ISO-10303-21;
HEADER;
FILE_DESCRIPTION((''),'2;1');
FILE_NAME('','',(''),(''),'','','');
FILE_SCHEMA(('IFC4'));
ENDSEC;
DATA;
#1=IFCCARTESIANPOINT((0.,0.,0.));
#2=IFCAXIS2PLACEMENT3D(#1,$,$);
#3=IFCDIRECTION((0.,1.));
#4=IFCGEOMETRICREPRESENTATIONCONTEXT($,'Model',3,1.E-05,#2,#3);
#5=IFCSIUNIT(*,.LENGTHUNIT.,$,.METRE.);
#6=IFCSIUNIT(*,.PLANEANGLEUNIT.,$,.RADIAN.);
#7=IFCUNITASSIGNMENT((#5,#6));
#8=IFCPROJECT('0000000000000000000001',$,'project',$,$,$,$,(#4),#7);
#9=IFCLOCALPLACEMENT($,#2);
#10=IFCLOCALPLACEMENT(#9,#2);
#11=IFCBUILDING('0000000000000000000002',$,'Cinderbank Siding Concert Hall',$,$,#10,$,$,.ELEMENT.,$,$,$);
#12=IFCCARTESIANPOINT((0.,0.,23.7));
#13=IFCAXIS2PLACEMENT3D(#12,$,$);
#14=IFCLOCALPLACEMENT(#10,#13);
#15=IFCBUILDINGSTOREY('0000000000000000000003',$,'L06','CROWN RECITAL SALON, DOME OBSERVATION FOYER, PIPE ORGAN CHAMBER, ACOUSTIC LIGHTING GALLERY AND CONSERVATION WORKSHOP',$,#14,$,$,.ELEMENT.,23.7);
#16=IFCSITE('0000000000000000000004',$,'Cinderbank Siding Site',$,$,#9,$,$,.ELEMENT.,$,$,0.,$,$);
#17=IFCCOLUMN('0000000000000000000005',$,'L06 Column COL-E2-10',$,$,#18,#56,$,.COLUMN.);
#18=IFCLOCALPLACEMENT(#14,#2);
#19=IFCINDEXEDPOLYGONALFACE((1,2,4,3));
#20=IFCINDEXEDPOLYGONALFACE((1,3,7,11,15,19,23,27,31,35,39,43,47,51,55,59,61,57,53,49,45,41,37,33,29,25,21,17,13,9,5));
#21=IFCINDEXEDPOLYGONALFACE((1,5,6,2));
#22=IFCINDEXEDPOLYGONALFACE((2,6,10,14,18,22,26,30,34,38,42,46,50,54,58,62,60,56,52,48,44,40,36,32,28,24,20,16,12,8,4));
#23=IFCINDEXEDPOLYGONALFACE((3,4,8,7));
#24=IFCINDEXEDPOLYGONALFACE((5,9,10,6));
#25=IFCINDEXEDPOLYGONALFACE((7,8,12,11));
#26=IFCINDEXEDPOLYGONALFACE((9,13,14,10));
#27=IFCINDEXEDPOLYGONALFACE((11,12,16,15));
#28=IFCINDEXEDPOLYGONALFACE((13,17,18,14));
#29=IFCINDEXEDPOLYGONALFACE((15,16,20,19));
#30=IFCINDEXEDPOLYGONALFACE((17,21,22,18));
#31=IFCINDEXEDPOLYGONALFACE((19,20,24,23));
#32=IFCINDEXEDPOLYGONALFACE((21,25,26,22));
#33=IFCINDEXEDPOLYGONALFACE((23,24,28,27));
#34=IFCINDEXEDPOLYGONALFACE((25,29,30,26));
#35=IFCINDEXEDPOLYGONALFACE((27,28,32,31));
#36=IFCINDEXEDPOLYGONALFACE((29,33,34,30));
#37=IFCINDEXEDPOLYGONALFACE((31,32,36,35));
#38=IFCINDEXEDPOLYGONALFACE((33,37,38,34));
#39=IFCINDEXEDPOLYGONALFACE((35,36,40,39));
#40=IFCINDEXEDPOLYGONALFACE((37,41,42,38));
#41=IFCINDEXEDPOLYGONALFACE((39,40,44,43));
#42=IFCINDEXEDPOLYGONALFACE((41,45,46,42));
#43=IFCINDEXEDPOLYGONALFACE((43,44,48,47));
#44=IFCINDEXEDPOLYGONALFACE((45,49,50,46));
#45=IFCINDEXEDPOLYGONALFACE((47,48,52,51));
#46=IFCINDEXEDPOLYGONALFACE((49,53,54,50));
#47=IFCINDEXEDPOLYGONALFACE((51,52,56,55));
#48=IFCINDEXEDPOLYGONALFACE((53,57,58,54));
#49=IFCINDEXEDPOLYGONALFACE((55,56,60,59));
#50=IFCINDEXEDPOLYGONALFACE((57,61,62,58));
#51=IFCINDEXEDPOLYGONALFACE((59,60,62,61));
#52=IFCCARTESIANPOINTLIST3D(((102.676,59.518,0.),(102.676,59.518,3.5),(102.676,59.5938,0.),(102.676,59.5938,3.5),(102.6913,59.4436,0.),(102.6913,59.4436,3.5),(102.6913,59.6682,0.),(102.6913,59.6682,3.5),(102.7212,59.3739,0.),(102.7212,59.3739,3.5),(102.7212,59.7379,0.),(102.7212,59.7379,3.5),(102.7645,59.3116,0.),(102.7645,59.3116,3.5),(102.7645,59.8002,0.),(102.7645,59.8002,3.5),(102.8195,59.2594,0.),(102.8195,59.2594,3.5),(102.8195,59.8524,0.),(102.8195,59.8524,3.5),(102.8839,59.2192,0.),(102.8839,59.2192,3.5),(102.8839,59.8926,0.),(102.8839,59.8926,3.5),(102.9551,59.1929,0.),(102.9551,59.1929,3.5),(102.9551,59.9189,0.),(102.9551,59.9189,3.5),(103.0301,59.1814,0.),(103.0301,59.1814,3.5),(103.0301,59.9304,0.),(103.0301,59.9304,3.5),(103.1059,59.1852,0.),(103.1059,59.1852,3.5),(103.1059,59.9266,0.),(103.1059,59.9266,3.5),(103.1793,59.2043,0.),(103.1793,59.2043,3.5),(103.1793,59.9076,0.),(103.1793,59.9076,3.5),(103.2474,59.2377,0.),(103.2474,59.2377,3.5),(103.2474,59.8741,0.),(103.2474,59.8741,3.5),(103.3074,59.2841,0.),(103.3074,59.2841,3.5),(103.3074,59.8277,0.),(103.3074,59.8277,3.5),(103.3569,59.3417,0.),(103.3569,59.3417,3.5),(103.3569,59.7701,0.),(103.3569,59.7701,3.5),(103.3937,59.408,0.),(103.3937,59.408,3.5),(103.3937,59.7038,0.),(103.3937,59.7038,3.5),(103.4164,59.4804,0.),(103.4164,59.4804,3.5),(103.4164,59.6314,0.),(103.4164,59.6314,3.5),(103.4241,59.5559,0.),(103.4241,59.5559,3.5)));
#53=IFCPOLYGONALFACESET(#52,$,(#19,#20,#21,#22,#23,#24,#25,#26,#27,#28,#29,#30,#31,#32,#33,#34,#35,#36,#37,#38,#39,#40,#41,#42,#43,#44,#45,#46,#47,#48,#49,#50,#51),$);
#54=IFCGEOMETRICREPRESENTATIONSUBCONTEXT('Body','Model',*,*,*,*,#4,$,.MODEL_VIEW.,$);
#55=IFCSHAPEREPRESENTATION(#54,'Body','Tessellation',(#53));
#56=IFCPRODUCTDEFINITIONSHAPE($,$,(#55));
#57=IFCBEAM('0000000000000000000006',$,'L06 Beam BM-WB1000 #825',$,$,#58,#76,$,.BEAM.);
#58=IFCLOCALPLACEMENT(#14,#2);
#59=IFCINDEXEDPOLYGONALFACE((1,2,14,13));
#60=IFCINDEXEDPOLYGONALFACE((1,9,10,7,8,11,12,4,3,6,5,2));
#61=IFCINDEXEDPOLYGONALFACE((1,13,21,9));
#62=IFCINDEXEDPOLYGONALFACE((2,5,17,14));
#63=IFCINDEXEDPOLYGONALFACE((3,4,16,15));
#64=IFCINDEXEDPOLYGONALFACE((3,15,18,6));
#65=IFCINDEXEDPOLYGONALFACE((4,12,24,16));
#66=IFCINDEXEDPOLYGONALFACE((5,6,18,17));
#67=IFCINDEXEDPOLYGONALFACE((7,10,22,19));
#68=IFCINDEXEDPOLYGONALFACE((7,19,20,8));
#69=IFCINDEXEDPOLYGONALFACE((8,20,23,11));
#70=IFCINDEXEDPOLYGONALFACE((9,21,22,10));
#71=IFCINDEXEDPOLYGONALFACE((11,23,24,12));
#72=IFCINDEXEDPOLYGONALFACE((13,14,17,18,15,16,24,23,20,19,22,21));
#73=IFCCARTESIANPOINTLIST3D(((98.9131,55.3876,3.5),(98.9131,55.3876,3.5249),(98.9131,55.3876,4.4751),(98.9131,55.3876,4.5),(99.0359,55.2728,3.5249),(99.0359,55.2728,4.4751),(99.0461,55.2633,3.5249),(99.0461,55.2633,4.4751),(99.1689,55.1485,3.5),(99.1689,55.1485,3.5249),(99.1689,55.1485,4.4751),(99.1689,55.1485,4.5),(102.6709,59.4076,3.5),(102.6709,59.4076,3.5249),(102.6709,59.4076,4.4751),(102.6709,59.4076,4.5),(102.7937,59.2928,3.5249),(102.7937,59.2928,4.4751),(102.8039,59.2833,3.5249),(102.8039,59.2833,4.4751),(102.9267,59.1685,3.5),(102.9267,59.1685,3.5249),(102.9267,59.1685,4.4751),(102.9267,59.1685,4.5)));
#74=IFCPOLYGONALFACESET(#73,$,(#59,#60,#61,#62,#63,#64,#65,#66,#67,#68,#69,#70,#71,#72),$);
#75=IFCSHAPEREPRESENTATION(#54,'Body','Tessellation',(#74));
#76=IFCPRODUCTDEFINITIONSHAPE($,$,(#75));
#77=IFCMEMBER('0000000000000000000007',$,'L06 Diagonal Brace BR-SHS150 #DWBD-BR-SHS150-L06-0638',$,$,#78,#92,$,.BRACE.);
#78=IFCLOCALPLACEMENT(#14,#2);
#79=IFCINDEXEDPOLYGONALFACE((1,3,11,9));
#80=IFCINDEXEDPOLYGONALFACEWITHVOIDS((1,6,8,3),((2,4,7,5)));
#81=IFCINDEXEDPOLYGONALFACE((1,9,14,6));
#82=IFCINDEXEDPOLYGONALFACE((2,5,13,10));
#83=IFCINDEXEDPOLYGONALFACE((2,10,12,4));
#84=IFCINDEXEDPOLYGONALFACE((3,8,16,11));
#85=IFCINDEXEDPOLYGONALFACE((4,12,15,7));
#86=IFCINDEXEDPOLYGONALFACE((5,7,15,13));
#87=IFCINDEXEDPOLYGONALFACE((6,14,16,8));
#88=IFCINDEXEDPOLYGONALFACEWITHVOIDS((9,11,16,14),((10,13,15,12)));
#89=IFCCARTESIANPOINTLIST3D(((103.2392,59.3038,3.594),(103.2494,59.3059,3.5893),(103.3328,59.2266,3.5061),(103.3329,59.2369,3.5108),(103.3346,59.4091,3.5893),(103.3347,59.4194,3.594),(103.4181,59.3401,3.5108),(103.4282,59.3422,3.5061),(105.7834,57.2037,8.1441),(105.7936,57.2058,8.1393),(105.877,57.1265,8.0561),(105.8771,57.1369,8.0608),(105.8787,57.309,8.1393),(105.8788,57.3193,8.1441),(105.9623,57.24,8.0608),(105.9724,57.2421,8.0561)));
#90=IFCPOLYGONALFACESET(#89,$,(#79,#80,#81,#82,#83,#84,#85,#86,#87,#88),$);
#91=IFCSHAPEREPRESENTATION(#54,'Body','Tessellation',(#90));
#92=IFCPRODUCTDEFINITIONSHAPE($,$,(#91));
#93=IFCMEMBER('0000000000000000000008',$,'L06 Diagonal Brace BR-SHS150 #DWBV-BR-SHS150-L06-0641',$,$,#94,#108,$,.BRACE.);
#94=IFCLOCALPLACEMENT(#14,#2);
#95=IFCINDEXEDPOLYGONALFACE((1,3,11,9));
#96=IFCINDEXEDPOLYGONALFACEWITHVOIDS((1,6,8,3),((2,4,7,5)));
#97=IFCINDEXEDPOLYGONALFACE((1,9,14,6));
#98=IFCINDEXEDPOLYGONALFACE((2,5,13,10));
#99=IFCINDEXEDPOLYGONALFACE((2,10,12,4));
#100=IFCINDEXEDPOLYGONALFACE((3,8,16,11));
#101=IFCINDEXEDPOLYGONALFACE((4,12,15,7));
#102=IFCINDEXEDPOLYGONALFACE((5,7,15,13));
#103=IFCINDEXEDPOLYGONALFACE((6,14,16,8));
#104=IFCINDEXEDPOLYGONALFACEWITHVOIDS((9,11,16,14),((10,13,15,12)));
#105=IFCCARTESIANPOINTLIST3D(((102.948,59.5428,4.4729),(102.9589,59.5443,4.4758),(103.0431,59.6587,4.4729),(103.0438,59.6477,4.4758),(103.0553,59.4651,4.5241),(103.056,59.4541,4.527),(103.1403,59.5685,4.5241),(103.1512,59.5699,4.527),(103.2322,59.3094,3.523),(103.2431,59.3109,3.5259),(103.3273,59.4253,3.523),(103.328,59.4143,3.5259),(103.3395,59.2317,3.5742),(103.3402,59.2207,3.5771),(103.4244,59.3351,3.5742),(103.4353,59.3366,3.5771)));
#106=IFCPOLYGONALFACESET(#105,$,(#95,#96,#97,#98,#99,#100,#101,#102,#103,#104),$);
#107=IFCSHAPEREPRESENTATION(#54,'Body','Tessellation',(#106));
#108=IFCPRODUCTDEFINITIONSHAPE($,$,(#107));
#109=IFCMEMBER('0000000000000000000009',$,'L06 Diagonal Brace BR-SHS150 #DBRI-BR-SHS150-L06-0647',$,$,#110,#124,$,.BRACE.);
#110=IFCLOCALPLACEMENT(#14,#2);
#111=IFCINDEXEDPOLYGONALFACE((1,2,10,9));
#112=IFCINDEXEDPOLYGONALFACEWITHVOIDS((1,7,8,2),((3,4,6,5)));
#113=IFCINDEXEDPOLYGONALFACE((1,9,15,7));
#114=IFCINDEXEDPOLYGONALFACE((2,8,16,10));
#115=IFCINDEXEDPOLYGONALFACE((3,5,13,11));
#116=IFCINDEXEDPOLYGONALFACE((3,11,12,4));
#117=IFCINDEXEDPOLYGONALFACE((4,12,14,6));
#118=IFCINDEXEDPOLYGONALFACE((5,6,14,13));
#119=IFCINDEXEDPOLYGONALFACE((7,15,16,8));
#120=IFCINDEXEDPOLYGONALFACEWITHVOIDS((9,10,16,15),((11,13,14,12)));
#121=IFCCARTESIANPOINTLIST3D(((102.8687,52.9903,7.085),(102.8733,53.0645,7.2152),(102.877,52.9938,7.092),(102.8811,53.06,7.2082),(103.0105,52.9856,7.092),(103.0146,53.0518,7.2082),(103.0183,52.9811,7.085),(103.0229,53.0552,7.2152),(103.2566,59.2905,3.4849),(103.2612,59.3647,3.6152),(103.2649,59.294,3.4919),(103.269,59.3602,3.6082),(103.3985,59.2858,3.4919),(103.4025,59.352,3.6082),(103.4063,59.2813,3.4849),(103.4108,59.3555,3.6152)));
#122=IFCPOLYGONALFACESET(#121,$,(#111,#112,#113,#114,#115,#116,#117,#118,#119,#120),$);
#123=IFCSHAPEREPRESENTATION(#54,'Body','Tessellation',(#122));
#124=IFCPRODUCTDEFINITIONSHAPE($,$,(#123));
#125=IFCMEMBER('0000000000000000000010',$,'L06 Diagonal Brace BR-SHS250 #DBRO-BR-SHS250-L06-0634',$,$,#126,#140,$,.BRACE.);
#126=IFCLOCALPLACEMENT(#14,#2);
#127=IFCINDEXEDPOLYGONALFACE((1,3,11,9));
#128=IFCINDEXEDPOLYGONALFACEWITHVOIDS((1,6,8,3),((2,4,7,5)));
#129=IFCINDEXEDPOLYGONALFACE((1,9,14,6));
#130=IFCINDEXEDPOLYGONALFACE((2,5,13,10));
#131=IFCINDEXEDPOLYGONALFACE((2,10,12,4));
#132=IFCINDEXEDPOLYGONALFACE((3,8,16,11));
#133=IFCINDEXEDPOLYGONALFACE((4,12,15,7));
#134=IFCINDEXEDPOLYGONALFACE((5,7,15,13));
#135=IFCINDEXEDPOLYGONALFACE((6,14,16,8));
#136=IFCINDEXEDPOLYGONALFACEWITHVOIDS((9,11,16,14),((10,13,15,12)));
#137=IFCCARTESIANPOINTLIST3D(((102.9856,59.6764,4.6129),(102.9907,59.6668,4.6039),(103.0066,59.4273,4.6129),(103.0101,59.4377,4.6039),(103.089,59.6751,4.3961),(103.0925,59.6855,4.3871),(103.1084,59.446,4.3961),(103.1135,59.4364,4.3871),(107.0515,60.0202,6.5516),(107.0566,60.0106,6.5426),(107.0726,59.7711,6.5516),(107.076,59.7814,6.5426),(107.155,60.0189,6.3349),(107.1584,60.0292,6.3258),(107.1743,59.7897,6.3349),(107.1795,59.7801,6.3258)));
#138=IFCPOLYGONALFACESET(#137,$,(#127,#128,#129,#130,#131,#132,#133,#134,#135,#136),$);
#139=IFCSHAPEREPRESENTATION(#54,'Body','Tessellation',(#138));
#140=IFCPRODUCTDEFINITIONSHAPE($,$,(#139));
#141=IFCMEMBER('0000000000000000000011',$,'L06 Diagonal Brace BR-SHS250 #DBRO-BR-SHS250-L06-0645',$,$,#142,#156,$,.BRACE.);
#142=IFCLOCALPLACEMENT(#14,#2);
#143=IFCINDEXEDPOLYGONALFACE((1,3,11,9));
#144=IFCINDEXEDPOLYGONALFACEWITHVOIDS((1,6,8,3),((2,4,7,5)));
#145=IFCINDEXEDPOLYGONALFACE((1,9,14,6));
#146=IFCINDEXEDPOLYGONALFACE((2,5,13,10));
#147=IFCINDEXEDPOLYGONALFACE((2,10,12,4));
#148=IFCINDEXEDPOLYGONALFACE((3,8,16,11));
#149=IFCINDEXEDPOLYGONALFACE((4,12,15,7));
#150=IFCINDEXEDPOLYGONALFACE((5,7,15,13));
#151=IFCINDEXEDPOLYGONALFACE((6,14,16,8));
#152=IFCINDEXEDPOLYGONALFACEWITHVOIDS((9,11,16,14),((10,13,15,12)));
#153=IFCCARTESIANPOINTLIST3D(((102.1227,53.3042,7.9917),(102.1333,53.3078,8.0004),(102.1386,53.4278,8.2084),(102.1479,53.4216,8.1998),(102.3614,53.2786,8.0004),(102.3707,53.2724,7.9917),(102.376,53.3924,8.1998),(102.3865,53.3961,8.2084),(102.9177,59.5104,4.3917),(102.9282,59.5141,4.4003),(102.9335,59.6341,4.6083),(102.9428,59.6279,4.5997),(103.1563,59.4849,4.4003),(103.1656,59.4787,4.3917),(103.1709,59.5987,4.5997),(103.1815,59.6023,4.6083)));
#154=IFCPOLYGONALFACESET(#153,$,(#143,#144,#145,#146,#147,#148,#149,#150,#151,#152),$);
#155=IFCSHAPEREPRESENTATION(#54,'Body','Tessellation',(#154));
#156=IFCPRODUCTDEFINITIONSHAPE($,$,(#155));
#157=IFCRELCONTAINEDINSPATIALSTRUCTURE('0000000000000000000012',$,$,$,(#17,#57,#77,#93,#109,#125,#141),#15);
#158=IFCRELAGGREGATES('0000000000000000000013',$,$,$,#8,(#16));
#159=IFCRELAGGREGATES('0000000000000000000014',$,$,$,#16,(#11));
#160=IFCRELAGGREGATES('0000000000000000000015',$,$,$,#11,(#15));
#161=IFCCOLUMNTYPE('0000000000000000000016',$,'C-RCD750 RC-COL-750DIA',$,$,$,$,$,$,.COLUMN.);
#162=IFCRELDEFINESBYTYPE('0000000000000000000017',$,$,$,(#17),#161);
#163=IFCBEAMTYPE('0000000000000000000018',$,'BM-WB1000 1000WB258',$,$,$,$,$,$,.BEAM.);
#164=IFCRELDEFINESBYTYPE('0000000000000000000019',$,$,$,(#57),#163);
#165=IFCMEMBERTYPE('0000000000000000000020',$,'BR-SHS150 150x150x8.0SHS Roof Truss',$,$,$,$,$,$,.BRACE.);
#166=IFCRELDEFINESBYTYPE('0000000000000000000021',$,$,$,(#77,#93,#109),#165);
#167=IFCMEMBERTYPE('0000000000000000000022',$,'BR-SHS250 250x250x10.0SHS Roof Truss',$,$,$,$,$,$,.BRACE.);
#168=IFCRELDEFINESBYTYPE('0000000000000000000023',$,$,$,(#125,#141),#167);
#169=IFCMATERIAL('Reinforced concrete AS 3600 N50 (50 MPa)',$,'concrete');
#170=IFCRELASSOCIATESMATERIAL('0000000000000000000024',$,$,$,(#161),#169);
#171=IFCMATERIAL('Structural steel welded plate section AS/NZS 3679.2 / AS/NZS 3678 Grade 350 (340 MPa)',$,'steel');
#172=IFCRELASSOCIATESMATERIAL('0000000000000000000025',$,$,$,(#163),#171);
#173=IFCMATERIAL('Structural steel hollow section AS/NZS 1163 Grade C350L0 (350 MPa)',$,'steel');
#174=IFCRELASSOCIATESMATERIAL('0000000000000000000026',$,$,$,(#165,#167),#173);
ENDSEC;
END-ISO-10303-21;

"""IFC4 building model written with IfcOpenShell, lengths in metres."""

from ifc_helpers import new_model, si_unit, direction, frame, origin, origin_2d, place, context, subcontext, project, spatial, hollow_rectangle, circle, i_section, extrude, material, material_profile, profile_set, type_object, element, save


model = new_model("IFC4")

# Units and contexts
model_context = context("Model", 3, precision=1e-05, world=origin(), true_north=direction((0.0, 1.0)))
body_context = subcontext(model_context, "Body", "Model", "MODEL_VIEW")
ifc_project = project(units=[si_unit("LENGTHUNIT", "METRE"), si_unit("PLANEANGLEUNIT", "RADIAN")], contexts=[model_context])

# Site, building, storey
site_placement = place(None, origin())
site = spatial("IfcSite", under=ifc_project, at=site_placement, Name="Cinderbank Siding Site", CompositionType="ELEMENT", RefElevation=0.0)
building_placement = place(site_placement, origin())
building = spatial("IfcBuilding", under=site, at=building_placement, Name="Cinderbank Siding Concert Hall", CompositionType="ELEMENT")
storey_placement = place(building_placement, frame((0.0, 0.0, 23.7)))
storey = spatial("IfcBuildingStorey", under=building, at=storey_placement, Name="L06", Description="CROWN RECITAL SALON, DOME OBSERVATION FOYER, PIPE ORGAN CHAMBER, ACOUSTIC LIGHTING GALLERY AND CONSERVATION WORKSHOP", CompositionType="ELEMENT", Elevation=23.7)

# Column
ifc_material_1 = material(Name="Reinforced concrete AS 3600 N50 (50 MPa)", Category="concrete")
ifc_material_profile_1 = material_profile(ifc_material_1, circle(Radius=0.375, at=origin_2d()), Name="RC-COL-750DIA", Category="LoadBearing")
ifc_profile_set_1 = profile_set([ifc_material_profile_1], Name="Reinforced concrete AS 3600 N50 (50 MPa)")
column_type = type_object("IfcColumnType", Name="C-RCD750 RC-COL-750DIA", PredefinedType="COLUMN", material=ifc_profile_set_1)
column_placement = place(storey_placement, frame((103.0491, 59.5559, 0.0), z_axis=(0.0, 0.0, 1.0), x_axis=(1.0, 0.0, 0.0)))
element("IfcColumn", 1, at=column_placement, inside=storey, type_object=column_type, Name="L06 Column COL-E2-10", PredefinedType="COLUMN", context=body_context, shape_type="SweptSolid", body=[
    extrude(circle(Radius=0.375, at=origin_2d()), origin(), (0.0, 0.0, 1.0), 3.5),
])

# Beam
ifc_material_2 = material(Name="Structural steel welded plate section AS/NZS 3679.2 / AS/NZS 3678 Grade 350 (340 MPa)", Category="steel")
ifc_material_profile_2 = material_profile(ifc_material_2, i_section(OverallWidth=0.3501, OverallDepth=1.0, WebThickness=0.0139, FlangeThickness=0.0249, at=origin_2d()), Name="1000WB258", Category="LoadBearing")
ifc_profile_set_2 = profile_set([ifc_material_profile_2], Name="Structural steel welded plate section AS/NZS 3679.2 / AS/NZS 3678 Grade 350 (340 MPa)")
beam_type = type_object("IfcBeamType", Name="BM-WB1000 1000WB258", PredefinedType="BEAM", material=ifc_profile_set_2)
beam_placement = place(storey_placement, frame((102.7988, 59.2881, 4.0), z_axis=(-0.682881, -0.73053, 0.0), x_axis=(0.73053, -0.682881, 0.0)))
element("IfcBeam", 2, at=beam_placement, inside=storey, type_object=beam_type, Name="L06 Beam BM-WB1000 #825", PredefinedType="BEAM", context=body_context, shape_type="SweptSolid", body=[
    extrude(i_section(OverallWidth=0.3501, OverallDepth=1.0, WebThickness=0.0139, FlangeThickness=0.0249, at=origin_2d()), origin(), (0.0, 0.0, 1.0), 5.5029),
])

# Members
ifc_material_3 = material(Name="Structural steel hollow section AS/NZS 1163 Grade C350L0 (350 MPa)", Category="steel")
ifc_material_profile_3 = material_profile(ifc_material_3, hollow_rectangle(XDim=0.1499, YDim=0.1499, WallThickness=0.0081, at=origin_2d()), Name="150x150x8.0SHS", Category="LoadBearing")
ifc_profile_set_3 = profile_set([ifc_material_profile_3], Name="Structural steel hollow section AS/NZS 1163 Grade C350L0 (350 MPa)")
member_type_1 = type_object("IfcMemberType", Name="BR-SHS150 150x150x8.0SHS Roof Truss", PredefinedType="BRACE", material=ifc_profile_set_3)
member_1_placement = place(storey_placement, frame((103.3337, 59.323, 3.55), z_axis=(0.452689, -0.373672, 0.809593), x_axis=(0.636589, 0.771203, 0.0)))
element("IfcMember", 3, at=member_1_placement, inside=storey, type_object=member_type_1, Name="L06 Diagonal Brace BR-SHS150 #DWBD-BR-SHS150-L06-0638", PredefinedType="BRACE", context=body_context, shape_type="SweptSolid", body=[
    extrude(hollow_rectangle(XDim=0.1499, YDim=0.1499, WallThickness=0.0081, at=origin_2d()), origin(), (0.0, 0.0, 1.0), 5.6201),
])
member_2_placement = place(storey_placement, frame((103.3337, 59.323, 3.55), z_axis=(-0.278978, 0.229126, 0.932562), x_axis=(-0.634683, -0.772773, 0.0)))
element("IfcMember", 4, at=member_2_placement, inside=storey, type_object=member_type_1, Name="L06 Diagonal Brace BR-SHS150 #DWBV-BR-SHS150-L06-0641", PredefinedType="BRACE", context=body_context, shape_type="SweptSolid", body=[
    extrude(hollow_rectangle(XDim=0.1499, YDim=0.1499, WallThickness=0.0081, at=origin_2d()), origin(), (0.0, 0.0, 1.0), 1.0186),
])
member_3_placement = place(storey_placement, frame((103.3337, 59.323, 3.55), z_axis=(-0.053386, -0.867009, 0.495424), x_axis=(0.99811, -0.061458, 0.0)))
element("IfcMember", 5, at=member_3_placement, inside=storey, type_object=member_type_1, Name="L06 Diagonal Brace BR-SHS150 #DBRI-BR-SHS150-L06-0647", PredefinedType="BRACE", context=body_context, shape_type="SweptSolid", body=[
    extrude(hollow_rectangle(XDim=0.1499, YDim=0.1499, WallThickness=0.0081, at=origin_2d()), origin(), (0.0, 0.0, 1.0), 7.2666),
])
ifc_material_profile_4 = material_profile(ifc_material_3, hollow_rectangle(XDim=0.25, YDim=0.25, WallThickness=0.01, at=origin_2d()), Name="250x250x10.0SHS", Category="LoadBearing")
ifc_profile_set_4 = profile_set([ifc_material_profile_4], Name="Structural steel hollow section AS/NZS 1163 Grade C350L0 (350 MPa)")
member_type_2 = type_object("IfcMemberType", Name="BR-SHS250 250x250x10.0SHS Roof Truss", PredefinedType="BRACE", material=ifc_profile_set_4)
member_4_placement = place(storey_placement, frame((103.0496, 59.5564, 4.5), z_axis=(0.900022, 0.076092, 0.429151), x_axis=(-0.084244, 0.996445, 0.0)))
element("IfcMember", 6, at=member_4_placement, inside=storey, type_object=member_type_2, Name="L06 Diagonal Brace BR-SHS250 #DBRO-BR-SHS250-L06-0634", PredefinedType="BRACE", context=body_context, shape_type="SweptSolid", body=[
    extrude(hollow_rectangle(XDim=0.25, YDim=0.25, WallThickness=0.01, at=origin_2d()), origin(), (0.0, 0.0, 1.0), 4.5176),
])
member_5_placement = place(storey_placement, frame((103.0496, 59.5564, 4.5), z_axis=(-0.110119, -0.859744, 0.498713), x_axis=(0.991897, -0.127045, 0.0)))
element("IfcMember", 7, at=member_5_placement, inside=storey, type_object=member_type_2, Name="L06 Diagonal Brace BR-SHS250 #DBRO-BR-SHS250-L06-0645", PredefinedType="BRACE", context=body_context, shape_type="SweptSolid", body=[
    extrude(hollow_rectangle(XDim=0.25, YDim=0.25, WallThickness=0.01, at=origin_2d()), origin(), (0.0, 0.0, 1.0), 7.2188),
])

save(model, "model.ifc")
